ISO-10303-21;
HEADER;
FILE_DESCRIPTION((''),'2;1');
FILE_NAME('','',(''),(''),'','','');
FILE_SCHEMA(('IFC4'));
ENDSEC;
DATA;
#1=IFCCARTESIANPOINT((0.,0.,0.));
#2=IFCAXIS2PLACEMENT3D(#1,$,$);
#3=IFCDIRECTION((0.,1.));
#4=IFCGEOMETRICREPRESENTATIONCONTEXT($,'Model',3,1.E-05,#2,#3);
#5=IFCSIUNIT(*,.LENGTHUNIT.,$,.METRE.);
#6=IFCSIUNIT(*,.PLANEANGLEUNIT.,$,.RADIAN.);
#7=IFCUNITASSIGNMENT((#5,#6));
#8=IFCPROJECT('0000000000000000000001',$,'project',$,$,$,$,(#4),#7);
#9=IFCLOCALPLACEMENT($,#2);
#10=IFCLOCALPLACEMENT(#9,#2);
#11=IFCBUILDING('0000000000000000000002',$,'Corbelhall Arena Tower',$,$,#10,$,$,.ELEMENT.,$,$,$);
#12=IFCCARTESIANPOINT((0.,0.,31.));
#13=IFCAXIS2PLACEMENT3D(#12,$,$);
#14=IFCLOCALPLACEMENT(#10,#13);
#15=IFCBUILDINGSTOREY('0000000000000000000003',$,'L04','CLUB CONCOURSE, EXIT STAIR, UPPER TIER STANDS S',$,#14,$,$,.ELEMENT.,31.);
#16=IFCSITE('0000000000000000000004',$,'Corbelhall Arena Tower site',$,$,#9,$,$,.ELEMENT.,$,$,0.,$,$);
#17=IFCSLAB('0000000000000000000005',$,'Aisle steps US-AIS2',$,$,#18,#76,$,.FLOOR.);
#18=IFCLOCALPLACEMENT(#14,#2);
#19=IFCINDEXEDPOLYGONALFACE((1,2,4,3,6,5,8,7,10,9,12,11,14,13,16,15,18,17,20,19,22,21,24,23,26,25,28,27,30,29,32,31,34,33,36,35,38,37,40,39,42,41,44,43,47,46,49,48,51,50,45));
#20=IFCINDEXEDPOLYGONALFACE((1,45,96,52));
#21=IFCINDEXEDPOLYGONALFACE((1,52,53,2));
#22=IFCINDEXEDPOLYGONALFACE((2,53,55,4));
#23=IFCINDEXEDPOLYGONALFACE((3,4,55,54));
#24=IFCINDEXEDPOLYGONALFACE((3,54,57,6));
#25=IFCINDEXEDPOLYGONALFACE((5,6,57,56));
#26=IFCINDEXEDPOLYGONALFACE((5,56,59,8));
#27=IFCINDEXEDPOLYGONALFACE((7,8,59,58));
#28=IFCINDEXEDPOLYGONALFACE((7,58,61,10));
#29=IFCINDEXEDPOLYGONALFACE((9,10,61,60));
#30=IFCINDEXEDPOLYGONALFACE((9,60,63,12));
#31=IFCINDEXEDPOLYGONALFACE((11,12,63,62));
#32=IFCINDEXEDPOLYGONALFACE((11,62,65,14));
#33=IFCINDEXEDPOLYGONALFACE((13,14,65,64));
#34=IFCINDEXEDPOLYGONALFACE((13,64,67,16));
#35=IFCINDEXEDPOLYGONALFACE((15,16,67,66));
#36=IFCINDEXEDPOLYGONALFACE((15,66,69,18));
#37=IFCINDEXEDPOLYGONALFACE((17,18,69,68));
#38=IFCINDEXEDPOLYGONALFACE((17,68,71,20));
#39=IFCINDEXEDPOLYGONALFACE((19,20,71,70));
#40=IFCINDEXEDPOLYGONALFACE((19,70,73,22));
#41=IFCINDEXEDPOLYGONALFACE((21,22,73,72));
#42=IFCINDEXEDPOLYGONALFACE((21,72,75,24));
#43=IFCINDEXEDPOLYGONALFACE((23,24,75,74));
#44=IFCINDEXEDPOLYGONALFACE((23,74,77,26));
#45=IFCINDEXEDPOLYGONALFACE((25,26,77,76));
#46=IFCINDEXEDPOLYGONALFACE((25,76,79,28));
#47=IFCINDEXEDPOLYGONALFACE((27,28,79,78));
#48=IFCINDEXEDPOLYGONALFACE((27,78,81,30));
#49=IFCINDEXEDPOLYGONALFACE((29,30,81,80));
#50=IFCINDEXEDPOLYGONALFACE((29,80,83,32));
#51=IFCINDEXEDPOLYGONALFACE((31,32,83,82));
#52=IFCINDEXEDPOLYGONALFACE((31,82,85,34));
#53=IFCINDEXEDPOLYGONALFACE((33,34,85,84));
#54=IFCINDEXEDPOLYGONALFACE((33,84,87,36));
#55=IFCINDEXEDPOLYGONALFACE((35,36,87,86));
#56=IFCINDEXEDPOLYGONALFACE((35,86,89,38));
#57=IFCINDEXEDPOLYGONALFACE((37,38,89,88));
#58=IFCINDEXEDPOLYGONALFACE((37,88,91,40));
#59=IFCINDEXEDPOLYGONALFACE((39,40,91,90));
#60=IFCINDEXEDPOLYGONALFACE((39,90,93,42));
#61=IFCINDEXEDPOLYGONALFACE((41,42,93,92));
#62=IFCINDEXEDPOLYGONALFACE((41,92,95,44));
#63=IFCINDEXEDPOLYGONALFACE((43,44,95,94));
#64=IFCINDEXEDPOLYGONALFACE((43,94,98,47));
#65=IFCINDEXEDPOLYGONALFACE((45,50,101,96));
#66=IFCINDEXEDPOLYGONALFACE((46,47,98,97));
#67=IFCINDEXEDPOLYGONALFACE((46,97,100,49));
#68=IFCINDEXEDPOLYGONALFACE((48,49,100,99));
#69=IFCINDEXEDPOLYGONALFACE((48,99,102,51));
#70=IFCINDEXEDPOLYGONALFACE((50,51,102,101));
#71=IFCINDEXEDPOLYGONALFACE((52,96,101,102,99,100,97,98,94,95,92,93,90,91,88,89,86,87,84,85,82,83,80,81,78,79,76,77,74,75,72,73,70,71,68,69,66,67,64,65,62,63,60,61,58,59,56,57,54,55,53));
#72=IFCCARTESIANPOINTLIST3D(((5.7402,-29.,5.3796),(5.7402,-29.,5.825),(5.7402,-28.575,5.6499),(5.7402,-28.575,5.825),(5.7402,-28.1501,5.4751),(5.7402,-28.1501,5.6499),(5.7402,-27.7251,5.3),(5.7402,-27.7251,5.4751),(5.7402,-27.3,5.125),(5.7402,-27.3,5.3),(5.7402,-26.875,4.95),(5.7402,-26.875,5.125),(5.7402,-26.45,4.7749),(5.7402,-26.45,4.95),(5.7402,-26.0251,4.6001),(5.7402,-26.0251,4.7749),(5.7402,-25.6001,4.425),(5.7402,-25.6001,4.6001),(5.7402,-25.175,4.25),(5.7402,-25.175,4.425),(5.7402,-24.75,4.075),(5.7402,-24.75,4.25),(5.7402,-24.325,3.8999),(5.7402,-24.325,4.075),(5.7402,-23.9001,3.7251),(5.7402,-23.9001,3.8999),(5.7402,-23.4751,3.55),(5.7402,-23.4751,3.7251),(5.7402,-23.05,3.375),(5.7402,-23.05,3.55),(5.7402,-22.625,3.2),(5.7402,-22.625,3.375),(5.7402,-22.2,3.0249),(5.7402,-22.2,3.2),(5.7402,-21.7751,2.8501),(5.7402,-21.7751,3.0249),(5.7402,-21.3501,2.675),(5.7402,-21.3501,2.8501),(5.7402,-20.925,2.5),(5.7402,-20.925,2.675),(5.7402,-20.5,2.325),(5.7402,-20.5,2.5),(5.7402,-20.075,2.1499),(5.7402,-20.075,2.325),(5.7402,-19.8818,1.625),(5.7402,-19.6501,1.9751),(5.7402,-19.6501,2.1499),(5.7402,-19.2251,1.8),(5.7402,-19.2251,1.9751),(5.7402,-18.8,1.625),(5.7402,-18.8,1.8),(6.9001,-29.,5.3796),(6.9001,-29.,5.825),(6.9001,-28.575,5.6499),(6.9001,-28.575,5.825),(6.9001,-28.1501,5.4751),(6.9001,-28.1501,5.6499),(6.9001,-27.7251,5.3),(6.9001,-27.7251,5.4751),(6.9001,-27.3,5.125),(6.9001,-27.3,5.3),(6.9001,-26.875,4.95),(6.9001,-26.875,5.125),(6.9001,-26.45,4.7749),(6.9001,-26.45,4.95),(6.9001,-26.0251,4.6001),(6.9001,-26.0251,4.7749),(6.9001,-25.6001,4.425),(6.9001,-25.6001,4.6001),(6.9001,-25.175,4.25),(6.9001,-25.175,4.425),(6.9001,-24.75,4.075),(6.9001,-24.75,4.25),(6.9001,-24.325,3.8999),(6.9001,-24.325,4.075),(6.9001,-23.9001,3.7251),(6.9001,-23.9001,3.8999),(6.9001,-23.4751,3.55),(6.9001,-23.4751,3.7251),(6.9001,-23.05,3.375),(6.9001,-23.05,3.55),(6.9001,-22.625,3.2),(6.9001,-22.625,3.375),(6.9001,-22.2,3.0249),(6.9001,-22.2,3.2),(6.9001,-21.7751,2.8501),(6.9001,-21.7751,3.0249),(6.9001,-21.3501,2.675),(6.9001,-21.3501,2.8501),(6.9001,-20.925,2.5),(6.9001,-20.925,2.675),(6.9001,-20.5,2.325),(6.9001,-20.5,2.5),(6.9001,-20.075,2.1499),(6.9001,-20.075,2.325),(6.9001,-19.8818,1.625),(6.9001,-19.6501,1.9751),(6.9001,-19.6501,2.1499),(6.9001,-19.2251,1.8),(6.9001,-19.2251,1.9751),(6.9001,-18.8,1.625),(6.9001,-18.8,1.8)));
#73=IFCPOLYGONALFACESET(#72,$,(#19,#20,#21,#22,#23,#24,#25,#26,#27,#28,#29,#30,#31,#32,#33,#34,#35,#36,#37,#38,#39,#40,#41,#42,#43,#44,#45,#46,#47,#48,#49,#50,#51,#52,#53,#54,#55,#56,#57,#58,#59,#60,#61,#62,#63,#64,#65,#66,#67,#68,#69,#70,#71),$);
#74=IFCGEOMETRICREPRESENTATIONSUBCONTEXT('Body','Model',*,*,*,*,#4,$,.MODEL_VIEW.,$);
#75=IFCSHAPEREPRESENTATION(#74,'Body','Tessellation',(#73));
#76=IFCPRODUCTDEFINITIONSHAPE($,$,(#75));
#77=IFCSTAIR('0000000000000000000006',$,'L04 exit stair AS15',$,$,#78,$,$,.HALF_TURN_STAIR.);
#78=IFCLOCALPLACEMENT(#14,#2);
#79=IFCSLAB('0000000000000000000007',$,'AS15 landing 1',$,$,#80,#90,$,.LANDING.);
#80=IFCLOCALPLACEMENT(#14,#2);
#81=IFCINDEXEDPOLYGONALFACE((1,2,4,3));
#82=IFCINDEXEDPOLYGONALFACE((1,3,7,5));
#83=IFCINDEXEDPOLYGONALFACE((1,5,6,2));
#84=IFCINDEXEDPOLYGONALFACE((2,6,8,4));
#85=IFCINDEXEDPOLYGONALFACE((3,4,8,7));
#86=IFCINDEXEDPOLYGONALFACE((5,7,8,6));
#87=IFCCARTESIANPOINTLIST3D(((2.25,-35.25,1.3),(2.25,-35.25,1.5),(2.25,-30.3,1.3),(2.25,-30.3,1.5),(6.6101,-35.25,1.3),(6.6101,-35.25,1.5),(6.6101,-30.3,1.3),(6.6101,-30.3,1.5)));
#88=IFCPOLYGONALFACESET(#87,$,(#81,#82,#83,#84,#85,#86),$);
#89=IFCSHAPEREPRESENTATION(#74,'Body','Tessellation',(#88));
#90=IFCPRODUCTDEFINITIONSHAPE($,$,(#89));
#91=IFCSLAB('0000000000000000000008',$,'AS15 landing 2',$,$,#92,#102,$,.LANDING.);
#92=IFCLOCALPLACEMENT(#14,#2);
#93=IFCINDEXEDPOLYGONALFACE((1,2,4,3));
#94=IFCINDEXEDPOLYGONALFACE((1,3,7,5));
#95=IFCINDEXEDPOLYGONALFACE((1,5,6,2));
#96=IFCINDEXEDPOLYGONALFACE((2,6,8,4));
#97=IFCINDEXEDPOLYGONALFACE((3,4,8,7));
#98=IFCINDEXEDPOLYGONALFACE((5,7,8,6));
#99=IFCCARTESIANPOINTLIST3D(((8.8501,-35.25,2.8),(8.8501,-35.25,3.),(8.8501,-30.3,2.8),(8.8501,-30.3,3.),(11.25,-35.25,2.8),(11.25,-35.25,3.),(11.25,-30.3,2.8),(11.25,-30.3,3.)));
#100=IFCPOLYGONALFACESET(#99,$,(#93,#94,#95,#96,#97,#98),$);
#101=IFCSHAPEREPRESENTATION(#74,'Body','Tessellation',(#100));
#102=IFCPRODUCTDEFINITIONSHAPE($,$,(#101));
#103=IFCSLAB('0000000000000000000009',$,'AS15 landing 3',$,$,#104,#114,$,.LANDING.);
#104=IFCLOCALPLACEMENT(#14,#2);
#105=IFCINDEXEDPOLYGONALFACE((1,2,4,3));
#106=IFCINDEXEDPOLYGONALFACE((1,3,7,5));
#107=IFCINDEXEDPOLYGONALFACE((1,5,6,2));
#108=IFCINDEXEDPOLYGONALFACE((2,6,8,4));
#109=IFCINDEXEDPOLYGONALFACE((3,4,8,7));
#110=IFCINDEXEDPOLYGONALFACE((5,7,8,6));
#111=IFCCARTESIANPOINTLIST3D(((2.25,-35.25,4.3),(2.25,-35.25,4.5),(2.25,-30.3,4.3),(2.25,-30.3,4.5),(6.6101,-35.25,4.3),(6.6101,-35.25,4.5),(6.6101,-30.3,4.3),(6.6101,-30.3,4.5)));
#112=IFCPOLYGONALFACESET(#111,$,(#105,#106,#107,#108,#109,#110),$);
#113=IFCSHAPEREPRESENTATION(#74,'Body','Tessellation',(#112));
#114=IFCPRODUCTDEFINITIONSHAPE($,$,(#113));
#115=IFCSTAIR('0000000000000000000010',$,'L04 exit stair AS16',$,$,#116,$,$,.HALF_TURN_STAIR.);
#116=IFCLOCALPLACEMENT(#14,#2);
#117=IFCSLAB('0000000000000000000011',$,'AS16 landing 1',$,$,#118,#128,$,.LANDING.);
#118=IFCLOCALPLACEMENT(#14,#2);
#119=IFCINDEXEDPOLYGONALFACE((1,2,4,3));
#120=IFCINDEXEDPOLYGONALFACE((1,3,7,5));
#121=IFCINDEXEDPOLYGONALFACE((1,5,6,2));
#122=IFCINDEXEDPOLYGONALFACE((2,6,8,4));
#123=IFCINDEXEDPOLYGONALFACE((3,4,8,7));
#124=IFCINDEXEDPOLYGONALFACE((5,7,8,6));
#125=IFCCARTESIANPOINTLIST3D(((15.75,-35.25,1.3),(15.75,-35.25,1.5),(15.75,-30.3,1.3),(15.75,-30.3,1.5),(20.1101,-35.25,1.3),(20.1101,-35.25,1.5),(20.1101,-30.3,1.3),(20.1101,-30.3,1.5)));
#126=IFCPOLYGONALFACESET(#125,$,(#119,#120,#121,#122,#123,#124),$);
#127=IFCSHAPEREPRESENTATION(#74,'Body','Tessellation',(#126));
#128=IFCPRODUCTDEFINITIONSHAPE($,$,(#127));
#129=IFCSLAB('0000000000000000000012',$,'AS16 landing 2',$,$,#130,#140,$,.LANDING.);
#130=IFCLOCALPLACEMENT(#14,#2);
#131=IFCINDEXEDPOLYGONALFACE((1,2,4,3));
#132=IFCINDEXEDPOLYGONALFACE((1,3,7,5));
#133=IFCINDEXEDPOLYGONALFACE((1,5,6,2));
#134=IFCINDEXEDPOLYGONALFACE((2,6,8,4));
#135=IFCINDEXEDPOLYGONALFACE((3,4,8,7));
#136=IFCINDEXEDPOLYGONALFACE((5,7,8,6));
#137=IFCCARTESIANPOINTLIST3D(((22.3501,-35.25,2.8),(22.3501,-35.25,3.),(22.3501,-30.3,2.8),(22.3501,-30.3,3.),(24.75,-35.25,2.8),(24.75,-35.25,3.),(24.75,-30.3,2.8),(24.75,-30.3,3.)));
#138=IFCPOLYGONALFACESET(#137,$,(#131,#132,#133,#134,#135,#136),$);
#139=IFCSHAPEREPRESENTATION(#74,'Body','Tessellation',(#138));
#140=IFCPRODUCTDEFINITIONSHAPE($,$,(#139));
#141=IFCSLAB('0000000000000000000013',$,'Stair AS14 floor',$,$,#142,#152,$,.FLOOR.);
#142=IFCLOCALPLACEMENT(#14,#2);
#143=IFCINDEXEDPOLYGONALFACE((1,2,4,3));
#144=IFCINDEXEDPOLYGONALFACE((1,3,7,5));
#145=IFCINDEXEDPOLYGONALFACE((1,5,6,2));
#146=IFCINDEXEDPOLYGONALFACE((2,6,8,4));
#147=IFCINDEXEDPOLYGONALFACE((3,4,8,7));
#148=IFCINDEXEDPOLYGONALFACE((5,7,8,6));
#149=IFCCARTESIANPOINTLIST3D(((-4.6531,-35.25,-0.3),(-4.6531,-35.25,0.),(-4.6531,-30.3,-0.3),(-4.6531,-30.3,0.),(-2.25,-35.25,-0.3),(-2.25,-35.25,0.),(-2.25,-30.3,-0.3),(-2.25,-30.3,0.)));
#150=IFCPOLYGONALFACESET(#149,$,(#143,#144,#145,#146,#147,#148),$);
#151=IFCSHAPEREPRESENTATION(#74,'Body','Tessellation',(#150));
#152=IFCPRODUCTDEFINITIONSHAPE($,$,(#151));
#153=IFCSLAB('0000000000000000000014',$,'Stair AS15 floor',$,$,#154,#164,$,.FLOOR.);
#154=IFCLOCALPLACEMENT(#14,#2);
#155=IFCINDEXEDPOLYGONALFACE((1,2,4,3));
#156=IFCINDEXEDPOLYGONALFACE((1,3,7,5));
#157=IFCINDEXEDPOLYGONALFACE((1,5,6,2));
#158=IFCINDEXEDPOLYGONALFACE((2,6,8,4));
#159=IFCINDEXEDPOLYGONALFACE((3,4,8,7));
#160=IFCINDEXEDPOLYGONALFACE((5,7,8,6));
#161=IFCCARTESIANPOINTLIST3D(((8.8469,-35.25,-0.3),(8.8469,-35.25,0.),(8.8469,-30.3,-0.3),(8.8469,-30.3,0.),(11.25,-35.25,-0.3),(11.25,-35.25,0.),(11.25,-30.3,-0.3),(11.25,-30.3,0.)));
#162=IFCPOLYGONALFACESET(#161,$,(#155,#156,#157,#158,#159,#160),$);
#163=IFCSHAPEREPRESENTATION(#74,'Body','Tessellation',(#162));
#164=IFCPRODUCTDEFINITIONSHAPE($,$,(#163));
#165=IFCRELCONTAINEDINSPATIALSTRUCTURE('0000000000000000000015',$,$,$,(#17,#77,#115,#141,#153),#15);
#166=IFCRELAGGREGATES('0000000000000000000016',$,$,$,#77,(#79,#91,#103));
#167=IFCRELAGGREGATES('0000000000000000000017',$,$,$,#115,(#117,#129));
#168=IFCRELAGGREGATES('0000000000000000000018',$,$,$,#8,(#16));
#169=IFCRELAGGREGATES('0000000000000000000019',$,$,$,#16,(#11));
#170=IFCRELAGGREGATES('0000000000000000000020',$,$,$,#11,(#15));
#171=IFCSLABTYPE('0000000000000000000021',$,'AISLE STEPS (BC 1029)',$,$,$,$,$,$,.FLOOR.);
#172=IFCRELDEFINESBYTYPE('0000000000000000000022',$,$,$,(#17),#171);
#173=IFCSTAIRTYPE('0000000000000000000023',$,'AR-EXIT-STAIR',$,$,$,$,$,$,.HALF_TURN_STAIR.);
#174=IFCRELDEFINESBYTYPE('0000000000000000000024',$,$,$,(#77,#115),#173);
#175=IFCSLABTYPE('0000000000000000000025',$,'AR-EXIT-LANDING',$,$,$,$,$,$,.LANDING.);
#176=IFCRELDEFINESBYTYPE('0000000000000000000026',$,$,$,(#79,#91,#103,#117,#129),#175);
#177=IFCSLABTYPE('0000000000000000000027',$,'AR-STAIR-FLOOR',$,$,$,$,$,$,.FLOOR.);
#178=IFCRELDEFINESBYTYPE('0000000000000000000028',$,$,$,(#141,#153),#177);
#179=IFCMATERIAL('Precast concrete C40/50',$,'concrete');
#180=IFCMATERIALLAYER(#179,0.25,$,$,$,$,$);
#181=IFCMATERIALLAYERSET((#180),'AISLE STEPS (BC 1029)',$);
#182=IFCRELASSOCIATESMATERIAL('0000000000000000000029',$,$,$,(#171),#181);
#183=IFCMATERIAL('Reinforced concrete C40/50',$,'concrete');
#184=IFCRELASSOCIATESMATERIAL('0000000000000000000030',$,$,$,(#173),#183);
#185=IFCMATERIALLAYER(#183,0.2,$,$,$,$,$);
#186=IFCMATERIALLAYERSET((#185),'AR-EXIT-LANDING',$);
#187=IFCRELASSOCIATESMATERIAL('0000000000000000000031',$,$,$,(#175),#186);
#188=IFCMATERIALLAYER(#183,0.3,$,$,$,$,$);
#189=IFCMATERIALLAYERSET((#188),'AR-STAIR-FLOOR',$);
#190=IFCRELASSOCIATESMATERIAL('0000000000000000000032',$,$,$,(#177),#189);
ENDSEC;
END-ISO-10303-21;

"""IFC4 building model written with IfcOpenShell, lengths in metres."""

from ifc_helpers import new_model, si_unit, direction, frame, origin, place, context, subcontext, project, spatial, polyline, outline, extrude, material, layer, layer_set, type_object, element, aggregate, save


model = new_model("IFC4")

# Units and contexts
model_context = context("Model", 3, precision=1e-05, world=origin(), true_north=direction((0.0, 1.0)))
body_context = subcontext(model_context, "Body", "Model", "MODEL_VIEW")
ifc_project = project(units=[si_unit("LENGTHUNIT", "METRE"), si_unit("PLANEANGLEUNIT", "RADIAN")], contexts=[model_context])

# Site, building, storey
site_placement = place(None, origin())
site = spatial("IfcSite", under=ifc_project, at=site_placement, Name="Corbelhall Arena Tower site", CompositionType="ELEMENT", RefElevation=0.0)
building_placement = place(site_placement, origin())
building = spatial("IfcBuilding", under=site, at=building_placement, Name="Corbelhall Arena Tower", CompositionType="ELEMENT")
storey_placement = place(building_placement, frame((0.0, 0.0, 31.0)))
storey = spatial("IfcBuildingStorey", under=building, at=storey_placement, Name="L04", Description="CLUB CONCOURSE, EXIT STAIR, UPPER TIER STANDS S", CompositionType="ELEMENT", Elevation=31.0)

# Slab
ifc_material_1 = material(Name="Precast concrete C40/50", Category="concrete")
ifc_layer_1 = layer(ifc_material_1, 0.25)
ifc_layer_set_1 = layer_set([ifc_layer_1], Name="AISLE STEPS (BC 1029)")
slab_type_1 = type_object("IfcSlabType", Name="AISLE STEPS (BC 1029)", PredefinedType="FLOOR", material=ifc_layer_set_1)
for number, where, z_axis, x_axis, name in (
    (1, (6.3201, -18.8, 1.625), (0.0, 0.0, 1.0), (0.0, -1.0, 0.0), "Aisle steps US-AIS2"),
):
    element("IfcSlab", number, at=place(storey_placement, frame(where, z_axis=z_axis, x_axis=x_axis)), inside=storey, type_object=slab_type_1, Name=name, PredefinedType="FLOOR", context=body_context, shape_type="SweptSolid", body=[
        extrude(outline(polyline([(0.0, 0.0), (0.0, 0.175), (0.425, 0.175), (0.425, 0.3501), (0.8501, 0.3501), (0.8501, 0.5249), (1.2749, 0.5249), (1.2749, 0.7), (1.7, 0.7), (1.7, 0.875), (2.125, 0.875), (2.125, 1.05), (2.55, 1.05), (2.55, 1.2251), (2.9751, 1.2251), (2.9751, 1.3999), (3.3999, 1.3999), (3.3999, 1.575), (3.825, 1.575), (3.825, 1.75), (4.25, 1.75), (4.25, 1.925), (4.675, 1.925), (4.675, 2.1001), (5.1001, 2.1001), (5.1001, 2.2749), (5.5249, 2.2749), (5.5249, 2.45), (5.95, 2.45), (5.95, 2.625), (6.375, 2.625), (6.375, 2.8), (6.8, 2.8), (6.8, 2.9751), (7.2251, 2.9751), (7.2251, 3.1499), (7.6499, 3.1499), (7.6499, 3.325), (8.075, 3.325), (8.075, 3.5), (8.5, 3.5), (8.5, 3.675), (8.925, 3.675), (8.925, 3.8501), (9.3501, 3.8501), (9.3501, 4.0249), (9.7749, 4.0249), (9.7749, 4.2), (10.2, 4.2), (10.2, 4.375), (10.2, 3.7546), (1.0818, 0.0), (0.0, 0.0)])), frame((0.0, 0.5801, 0.0), z_axis=(0.0, -1.0, 0.0), x_axis=(1.0, 0.0, 0.0)), (0.0, 0.0, 1.0), 1.1599),
    ])

# Stairs, slabs
ifc_material_2 = material(Name="Reinforced concrete C40/50", Category="concrete")
stair_type = type_object("IfcStairType", Name="AR-EXIT-STAIR", PredefinedType="HALF_TURN_STAIR", material=ifc_material_2)
stair_1_placement = place(storey_placement, origin())
stair_1 = element("IfcStair", 2, at=stair_1_placement, inside=storey, type_object=stair_type, Name="L04 exit stair AS15", PredefinedType="HALF_TURN_STAIR")
ifc_layer_2 = layer(ifc_material_2, 0.2)
ifc_layer_set_2 = layer_set([ifc_layer_2], Name="AR-EXIT-LANDING")
slab_type_2 = type_object("IfcSlabType", Name="AR-EXIT-LANDING", PredefinedType="LANDING", material=ifc_layer_set_2)
slab_1_placement = place(storey_placement, frame((0.0, 0.0, 1.3)))
slab_1 = element("IfcSlab", 3, at=slab_1_placement, type_object=slab_type_2, Name="AS15 landing 1", PredefinedType="LANDING", context=body_context, shape_type="SweptSolid", body=[
    extrude(outline(polyline([(6.6101, -30.3), (2.25, -30.3), (2.25, -35.25), (6.6101, -35.25), (6.6101, -30.3)])), origin(), (0.0, 0.0, 1.0), 0.2),
])
slab_2_placement = place(storey_placement, frame((0.0, 0.0, 2.8)))
slab_2 = element("IfcSlab", 4, at=slab_2_placement, type_object=slab_type_2, Name="AS15 landing 2", PredefinedType="LANDING", context=body_context, shape_type="SweptSolid", body=[
    extrude(outline(polyline([(11.25, -30.3), (8.8501, -30.3), (8.8501, -35.25), (11.25, -35.25), (11.25, -30.3)])), origin(), (0.0, 0.0, 1.0), 0.2),
])
slab_3_placement = place(storey_placement, frame((0.0, 0.0, 4.3)))
slab_3 = element("IfcSlab", 5, at=slab_3_placement, type_object=slab_type_2, Name="AS15 landing 3", PredefinedType="LANDING", context=body_context, shape_type="SweptSolid", body=[
    extrude(outline(polyline([(6.6101, -30.3), (2.25, -30.3), (2.25, -35.25), (6.6101, -35.25), (6.6101, -30.3)])), origin(), (0.0, 0.0, 1.0), 0.2),
])
aggregate(stair_1, [slab_1, slab_2, slab_3])
stair_2_placement = place(storey_placement, origin())
stair_2 = element("IfcStair", 6, at=stair_2_placement, inside=storey, type_object=stair_type, Name="L04 exit stair AS16", PredefinedType="HALF_TURN_STAIR")
slab_4_placement = place(storey_placement, frame((0.0, 0.0, 1.3)))
slab_4 = element("IfcSlab", 7, at=slab_4_placement, type_object=slab_type_2, Name="AS16 landing 1", PredefinedType="LANDING", context=body_context, shape_type="SweptSolid", body=[
    extrude(outline(polyline([(20.1101, -30.3), (15.75, -30.3), (15.75, -35.25), (20.1101, -35.25), (20.1101, -30.3)])), origin(), (0.0, 0.0, 1.0), 0.2),
])
slab_5_placement = place(storey_placement, frame((0.0, 0.0, 2.8)))
slab_5 = element("IfcSlab", 8, at=slab_5_placement, type_object=slab_type_2, Name="AS16 landing 2", PredefinedType="LANDING", context=body_context, shape_type="SweptSolid", body=[
    extrude(outline(polyline([(24.75, -30.3), (22.3501, -30.3), (22.3501, -35.25), (24.75, -35.25), (24.75, -30.3)])), origin(), (0.0, 0.0, 1.0), 0.2),
])
aggregate(stair_2, [slab_4, slab_5])

# Slabs
ifc_layer_3 = layer(ifc_material_2, 0.3)
ifc_layer_set_3 = layer_set([ifc_layer_3], Name="AR-STAIR-FLOOR")
slab_type_3 = type_object("IfcSlabType", Name="AR-STAIR-FLOOR", PredefinedType="FLOOR", material=ifc_layer_set_3)
slab_6_placement = place(storey_placement, frame((0.0, 0.0, -0.3)))
element("IfcSlab", 9, at=slab_6_placement, inside=storey, type_object=slab_type_3, Name="Stair AS14 floor", PredefinedType="FLOOR", context=body_context, shape_type="SweptSolid", body=[
    extrude(outline(polyline([(-2.25, -30.3), (-2.25, -35.25), (-4.6531, -35.25), (-4.6531, -30.3), (-2.25, -30.3)])), origin(), (0.0, 0.0, 1.0), 0.3),
])
slab_7_placement = place(storey_placement, frame((0.0, 0.0, -0.3)))
element("IfcSlab", 10, at=slab_7_placement, inside=storey, type_object=slab_type_3, Name="Stair AS15 floor", PredefinedType="FLOOR", context=body_context, shape_type="SweptSolid", body=[
    extrude(outline(polyline([(11.25, -30.3), (11.25, -35.25), (8.8469, -35.25), (8.8469, -30.3), (11.25, -30.3)])), origin(), (0.0, 0.0, 1.0), 0.3),
])

save(model, "model.ifc")
